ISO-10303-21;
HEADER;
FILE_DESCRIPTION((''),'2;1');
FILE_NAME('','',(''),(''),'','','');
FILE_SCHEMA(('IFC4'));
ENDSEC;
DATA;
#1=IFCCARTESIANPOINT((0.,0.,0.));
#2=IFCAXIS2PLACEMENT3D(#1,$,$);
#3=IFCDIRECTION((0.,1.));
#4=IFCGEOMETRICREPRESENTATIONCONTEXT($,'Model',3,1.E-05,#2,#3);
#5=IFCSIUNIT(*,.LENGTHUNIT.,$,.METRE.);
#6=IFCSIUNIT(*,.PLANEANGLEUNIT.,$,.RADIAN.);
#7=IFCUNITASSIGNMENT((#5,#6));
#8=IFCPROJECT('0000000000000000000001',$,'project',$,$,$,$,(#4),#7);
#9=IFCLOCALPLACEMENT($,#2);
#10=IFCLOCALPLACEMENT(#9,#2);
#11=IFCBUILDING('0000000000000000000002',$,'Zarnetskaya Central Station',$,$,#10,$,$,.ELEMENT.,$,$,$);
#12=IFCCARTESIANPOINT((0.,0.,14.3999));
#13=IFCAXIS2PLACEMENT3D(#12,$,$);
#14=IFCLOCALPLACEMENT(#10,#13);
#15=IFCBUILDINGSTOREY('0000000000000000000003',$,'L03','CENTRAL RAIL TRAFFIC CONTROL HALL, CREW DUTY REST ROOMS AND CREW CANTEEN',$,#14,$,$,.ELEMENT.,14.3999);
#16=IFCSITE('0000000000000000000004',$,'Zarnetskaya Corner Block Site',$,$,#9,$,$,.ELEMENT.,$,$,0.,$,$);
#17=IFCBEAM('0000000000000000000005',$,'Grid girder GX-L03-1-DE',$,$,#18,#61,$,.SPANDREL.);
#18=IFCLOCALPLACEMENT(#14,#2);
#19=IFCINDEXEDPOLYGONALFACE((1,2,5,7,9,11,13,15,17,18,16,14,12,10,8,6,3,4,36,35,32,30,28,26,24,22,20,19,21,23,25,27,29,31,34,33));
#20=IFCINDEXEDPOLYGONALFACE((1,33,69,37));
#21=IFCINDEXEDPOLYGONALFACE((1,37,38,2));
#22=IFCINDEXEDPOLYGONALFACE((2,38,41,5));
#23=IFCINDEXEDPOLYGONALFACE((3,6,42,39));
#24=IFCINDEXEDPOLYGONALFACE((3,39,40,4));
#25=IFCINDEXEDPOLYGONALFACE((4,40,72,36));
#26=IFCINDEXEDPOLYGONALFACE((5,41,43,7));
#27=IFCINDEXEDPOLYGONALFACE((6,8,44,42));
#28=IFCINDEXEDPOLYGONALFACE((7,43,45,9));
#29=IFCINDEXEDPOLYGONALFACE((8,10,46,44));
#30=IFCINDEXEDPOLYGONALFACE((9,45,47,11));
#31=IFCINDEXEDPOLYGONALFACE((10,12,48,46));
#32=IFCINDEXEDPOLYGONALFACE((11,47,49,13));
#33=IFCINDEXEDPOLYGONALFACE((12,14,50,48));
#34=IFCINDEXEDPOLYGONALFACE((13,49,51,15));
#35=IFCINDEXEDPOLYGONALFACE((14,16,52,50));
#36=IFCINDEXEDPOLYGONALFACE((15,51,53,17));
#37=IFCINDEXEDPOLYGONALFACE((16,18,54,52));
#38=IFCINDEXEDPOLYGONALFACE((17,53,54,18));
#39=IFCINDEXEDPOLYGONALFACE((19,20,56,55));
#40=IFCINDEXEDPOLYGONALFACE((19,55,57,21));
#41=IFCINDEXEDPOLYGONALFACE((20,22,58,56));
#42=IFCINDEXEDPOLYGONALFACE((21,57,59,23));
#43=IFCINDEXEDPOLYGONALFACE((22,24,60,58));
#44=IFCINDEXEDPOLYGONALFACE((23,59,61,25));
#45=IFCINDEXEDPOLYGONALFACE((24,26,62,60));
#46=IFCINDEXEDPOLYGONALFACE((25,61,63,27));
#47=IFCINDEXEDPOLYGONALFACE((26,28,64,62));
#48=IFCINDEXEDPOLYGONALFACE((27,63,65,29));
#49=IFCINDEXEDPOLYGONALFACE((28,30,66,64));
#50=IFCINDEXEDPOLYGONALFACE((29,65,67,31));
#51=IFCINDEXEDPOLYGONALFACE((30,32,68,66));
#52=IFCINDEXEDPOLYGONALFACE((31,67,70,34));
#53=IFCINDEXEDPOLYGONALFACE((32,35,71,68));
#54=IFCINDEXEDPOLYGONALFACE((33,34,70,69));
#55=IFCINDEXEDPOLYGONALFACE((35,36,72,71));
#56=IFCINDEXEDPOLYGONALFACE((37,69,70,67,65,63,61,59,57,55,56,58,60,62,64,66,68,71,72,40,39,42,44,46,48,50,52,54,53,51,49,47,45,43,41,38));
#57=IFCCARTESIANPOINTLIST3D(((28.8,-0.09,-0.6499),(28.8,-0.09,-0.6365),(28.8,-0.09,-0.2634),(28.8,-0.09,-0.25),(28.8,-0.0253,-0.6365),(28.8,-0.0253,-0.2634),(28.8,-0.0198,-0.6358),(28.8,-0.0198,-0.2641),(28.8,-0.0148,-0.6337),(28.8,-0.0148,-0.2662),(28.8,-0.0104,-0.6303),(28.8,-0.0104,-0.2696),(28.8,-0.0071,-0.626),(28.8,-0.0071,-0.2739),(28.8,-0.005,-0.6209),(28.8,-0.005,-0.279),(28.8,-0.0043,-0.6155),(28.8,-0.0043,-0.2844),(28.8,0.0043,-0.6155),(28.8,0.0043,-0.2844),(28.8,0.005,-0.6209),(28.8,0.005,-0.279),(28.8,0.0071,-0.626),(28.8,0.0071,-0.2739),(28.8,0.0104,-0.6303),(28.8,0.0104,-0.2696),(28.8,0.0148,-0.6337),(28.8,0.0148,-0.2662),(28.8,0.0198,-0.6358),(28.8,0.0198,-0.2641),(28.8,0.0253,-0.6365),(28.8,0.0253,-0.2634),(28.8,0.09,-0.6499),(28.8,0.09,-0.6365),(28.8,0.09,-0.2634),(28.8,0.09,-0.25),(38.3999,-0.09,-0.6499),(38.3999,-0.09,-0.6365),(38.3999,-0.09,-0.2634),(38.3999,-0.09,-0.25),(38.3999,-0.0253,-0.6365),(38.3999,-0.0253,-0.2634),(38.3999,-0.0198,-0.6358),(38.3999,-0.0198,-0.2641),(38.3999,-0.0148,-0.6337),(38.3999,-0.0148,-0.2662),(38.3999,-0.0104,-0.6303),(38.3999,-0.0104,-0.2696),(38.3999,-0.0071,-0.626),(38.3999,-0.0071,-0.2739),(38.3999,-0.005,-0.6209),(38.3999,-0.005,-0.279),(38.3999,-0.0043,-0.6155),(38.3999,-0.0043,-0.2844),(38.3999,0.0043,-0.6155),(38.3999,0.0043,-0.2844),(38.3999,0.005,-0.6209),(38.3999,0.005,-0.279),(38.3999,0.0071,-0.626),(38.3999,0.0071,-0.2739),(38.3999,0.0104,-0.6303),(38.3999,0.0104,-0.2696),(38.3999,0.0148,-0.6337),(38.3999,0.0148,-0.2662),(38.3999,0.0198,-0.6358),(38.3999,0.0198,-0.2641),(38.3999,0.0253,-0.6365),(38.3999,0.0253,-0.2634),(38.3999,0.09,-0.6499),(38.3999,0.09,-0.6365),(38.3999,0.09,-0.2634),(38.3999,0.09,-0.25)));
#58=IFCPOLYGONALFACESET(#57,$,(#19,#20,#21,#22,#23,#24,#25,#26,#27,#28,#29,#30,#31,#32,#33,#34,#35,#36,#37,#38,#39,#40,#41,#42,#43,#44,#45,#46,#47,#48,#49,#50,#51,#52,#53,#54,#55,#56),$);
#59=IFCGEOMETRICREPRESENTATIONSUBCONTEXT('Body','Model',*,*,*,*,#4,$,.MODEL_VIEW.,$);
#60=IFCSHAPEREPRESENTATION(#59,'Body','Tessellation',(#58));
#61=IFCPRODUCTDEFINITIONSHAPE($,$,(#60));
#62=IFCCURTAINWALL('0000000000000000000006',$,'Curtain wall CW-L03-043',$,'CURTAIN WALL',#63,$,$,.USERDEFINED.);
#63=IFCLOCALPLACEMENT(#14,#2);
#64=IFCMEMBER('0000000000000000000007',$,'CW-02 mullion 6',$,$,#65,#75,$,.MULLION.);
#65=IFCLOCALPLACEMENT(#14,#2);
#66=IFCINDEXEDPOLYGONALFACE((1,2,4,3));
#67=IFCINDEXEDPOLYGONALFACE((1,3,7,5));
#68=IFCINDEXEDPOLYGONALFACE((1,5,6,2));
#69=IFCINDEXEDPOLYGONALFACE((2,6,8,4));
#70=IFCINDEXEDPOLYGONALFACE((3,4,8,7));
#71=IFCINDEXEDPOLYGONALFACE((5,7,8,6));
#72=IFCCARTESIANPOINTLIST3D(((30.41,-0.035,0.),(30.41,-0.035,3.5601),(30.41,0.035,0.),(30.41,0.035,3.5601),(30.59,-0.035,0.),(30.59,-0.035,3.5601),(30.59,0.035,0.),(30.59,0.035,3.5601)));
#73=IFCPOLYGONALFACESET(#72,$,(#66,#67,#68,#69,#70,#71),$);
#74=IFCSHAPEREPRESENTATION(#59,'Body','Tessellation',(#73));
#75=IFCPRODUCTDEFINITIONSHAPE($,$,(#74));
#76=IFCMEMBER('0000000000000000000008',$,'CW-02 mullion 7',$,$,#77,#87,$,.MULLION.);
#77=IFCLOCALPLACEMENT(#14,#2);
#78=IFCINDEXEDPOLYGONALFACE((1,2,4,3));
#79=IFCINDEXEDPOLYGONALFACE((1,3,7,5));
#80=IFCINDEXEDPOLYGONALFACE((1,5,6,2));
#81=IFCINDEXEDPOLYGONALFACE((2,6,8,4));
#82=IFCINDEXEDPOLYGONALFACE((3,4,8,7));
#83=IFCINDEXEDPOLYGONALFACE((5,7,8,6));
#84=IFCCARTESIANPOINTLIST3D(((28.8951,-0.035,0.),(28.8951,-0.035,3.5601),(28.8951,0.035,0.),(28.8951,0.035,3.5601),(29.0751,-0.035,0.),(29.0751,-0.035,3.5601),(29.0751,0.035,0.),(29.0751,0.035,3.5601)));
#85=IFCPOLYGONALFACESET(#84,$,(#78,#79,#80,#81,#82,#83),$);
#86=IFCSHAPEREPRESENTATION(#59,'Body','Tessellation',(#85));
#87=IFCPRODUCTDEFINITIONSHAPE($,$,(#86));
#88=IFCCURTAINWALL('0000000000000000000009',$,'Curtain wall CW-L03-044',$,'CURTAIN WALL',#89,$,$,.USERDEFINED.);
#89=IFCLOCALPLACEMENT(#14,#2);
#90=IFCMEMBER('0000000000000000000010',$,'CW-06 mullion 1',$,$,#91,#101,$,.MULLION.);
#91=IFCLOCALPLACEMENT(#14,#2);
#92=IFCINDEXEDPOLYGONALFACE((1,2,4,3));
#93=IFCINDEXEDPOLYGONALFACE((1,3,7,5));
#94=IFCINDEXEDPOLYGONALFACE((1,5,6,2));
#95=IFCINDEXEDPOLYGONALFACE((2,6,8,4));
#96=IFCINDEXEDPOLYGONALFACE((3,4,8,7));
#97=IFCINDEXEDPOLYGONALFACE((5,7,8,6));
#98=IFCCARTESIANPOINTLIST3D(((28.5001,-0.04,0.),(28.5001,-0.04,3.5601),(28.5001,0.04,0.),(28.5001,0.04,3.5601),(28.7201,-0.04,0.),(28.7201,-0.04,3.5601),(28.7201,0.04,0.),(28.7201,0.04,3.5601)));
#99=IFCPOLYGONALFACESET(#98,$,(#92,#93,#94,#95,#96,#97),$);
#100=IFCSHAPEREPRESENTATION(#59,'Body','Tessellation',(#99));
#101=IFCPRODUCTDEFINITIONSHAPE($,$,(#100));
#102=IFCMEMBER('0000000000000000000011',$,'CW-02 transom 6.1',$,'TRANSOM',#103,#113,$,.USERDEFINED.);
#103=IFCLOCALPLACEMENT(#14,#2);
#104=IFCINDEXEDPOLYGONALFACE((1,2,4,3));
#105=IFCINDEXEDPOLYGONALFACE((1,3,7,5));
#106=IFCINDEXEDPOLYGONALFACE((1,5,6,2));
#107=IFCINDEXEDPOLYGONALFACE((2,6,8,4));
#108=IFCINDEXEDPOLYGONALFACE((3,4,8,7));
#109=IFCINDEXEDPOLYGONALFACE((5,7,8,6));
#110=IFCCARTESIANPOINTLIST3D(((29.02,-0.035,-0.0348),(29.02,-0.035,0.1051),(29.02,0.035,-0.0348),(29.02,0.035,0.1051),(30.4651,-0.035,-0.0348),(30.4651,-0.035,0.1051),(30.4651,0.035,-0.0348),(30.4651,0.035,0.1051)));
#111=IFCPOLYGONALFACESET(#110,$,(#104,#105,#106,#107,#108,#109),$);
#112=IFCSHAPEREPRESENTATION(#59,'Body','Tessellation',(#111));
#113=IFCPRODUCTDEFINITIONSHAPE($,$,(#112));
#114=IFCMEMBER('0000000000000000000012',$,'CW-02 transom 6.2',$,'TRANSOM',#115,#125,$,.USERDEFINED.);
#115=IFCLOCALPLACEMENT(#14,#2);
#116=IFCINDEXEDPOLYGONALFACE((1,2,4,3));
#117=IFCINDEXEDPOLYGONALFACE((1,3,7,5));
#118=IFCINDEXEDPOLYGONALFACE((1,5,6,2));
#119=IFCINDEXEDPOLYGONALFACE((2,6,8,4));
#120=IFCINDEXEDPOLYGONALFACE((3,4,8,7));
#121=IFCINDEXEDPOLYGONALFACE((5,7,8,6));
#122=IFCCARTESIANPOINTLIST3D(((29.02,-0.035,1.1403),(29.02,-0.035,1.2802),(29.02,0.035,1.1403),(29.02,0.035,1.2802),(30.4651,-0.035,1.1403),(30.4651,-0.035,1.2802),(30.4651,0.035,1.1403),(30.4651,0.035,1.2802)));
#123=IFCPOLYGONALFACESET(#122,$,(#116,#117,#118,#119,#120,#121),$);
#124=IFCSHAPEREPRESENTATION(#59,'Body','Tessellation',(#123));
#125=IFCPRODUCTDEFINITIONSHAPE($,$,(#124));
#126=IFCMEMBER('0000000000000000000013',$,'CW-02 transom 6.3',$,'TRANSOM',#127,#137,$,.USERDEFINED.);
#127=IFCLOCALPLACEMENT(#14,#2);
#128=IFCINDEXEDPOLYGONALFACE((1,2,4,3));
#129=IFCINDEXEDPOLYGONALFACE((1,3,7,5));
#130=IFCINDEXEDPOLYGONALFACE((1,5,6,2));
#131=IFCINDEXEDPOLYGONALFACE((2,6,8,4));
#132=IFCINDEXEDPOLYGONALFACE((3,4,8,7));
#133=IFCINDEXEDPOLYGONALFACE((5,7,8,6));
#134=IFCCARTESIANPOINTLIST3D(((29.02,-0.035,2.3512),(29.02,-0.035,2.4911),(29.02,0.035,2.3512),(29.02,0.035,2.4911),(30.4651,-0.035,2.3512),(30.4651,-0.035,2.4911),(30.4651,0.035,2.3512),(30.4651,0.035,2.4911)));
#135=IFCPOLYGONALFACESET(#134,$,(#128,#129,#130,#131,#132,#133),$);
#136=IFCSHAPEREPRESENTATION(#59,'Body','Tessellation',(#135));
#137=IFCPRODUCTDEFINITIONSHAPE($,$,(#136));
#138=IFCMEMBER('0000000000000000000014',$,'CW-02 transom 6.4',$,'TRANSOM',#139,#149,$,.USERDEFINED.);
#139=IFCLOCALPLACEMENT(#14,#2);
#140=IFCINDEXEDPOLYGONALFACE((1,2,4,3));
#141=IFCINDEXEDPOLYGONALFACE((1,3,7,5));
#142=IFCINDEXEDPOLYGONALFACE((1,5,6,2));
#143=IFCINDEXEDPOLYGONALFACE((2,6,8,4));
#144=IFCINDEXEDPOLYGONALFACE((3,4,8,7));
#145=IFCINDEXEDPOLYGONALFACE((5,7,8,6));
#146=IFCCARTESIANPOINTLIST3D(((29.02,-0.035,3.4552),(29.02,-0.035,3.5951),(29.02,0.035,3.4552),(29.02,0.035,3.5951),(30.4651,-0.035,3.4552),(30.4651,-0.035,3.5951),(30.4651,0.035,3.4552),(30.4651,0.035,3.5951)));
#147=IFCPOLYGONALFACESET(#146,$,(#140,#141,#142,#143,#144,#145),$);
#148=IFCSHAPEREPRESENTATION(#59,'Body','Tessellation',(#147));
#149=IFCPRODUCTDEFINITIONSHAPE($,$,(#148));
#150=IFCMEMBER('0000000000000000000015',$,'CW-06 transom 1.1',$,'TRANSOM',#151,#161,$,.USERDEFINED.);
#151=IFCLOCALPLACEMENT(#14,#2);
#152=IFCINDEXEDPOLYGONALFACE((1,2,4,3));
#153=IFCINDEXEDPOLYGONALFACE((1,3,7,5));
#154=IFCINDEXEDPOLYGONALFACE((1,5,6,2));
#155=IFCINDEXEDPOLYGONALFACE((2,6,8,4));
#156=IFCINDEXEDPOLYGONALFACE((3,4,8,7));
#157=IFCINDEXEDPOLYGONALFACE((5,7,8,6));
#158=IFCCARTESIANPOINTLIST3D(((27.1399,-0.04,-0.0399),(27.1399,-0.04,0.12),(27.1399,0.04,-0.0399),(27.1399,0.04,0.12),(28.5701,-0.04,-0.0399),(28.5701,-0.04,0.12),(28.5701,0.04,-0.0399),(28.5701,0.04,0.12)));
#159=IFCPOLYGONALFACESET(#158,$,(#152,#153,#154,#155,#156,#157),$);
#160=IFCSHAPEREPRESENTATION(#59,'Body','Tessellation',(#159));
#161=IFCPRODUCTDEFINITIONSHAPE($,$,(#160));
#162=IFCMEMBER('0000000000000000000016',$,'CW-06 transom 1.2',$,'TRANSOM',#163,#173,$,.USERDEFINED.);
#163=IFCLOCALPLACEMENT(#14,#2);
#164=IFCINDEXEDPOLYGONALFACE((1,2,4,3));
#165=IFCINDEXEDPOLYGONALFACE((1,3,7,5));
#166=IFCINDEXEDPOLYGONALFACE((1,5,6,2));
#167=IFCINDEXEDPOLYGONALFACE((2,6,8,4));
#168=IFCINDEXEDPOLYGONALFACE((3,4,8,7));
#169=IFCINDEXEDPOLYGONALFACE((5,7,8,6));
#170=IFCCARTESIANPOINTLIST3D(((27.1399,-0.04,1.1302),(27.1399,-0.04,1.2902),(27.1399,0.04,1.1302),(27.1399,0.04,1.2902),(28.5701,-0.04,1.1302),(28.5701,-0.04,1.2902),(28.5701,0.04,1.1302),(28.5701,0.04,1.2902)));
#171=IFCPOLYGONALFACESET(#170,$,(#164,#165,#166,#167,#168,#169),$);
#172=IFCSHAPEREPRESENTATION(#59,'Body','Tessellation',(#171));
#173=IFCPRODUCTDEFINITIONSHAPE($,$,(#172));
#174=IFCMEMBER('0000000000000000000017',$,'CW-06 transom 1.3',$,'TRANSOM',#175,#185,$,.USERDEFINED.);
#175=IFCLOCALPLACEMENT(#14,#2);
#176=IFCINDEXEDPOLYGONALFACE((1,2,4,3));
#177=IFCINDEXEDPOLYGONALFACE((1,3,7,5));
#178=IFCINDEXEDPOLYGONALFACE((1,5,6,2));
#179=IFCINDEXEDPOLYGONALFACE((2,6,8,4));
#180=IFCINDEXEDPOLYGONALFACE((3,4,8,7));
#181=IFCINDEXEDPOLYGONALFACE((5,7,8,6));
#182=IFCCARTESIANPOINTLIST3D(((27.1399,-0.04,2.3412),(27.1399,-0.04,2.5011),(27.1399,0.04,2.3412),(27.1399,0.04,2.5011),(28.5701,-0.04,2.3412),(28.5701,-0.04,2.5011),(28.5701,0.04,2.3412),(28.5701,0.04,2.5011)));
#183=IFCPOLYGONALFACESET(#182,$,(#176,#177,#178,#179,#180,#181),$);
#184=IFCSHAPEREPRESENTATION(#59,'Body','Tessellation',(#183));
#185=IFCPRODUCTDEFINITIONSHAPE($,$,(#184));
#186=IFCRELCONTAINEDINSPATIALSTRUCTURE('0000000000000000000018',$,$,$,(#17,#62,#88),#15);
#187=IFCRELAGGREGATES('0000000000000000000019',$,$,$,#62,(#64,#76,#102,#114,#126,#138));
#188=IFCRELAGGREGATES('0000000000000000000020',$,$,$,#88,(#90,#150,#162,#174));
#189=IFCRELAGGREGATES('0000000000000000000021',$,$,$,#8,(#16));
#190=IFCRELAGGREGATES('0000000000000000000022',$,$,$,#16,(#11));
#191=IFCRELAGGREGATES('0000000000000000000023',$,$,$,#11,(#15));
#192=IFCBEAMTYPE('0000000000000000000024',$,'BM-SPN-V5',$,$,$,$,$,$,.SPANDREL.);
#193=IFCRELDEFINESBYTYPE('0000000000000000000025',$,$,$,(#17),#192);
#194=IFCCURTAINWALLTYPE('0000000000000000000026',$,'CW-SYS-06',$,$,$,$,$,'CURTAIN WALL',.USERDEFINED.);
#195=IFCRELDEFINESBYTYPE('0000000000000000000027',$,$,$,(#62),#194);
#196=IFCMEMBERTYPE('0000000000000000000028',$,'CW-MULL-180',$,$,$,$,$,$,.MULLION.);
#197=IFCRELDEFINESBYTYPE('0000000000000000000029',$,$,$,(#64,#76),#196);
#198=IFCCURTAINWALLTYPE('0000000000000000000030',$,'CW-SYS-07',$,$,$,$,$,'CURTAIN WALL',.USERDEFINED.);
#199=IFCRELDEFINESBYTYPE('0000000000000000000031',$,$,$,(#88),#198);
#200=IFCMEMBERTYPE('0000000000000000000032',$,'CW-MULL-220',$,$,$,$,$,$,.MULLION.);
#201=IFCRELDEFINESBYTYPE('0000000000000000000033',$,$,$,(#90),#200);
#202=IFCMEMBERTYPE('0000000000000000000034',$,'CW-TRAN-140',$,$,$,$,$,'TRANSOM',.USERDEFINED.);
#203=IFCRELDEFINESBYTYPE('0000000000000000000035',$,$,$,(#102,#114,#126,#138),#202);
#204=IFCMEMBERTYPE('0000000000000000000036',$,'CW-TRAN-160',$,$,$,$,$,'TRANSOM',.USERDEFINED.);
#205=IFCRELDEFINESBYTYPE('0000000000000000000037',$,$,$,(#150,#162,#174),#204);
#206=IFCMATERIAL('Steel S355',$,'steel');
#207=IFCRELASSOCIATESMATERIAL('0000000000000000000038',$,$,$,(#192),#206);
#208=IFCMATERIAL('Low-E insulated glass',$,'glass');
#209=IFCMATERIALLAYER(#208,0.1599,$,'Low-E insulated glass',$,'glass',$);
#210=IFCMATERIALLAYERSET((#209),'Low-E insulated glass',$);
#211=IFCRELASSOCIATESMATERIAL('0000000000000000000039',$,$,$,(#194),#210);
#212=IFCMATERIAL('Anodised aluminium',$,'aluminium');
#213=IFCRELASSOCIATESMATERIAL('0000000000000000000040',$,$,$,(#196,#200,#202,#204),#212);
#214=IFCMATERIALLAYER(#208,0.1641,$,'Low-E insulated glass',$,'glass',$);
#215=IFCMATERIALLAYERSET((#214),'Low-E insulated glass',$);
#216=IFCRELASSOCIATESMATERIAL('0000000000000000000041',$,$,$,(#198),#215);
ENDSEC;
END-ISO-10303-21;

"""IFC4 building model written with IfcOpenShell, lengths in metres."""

from ifc_helpers import new_model, si_unit, direction, frame, origin, origin_2d, place, context, subcontext, project, spatial, rectangle, i_section, extrude, material, layer, layer_set, material_profile, profile_set, type_object, element, aggregate, save


model = new_model("IFC4")

# Units and contexts
model_context = context("Model", 3, precision=1e-05, world=origin(), true_north=direction((0.0, 1.0)))
body_context = subcontext(model_context, "Body", "Model", "MODEL_VIEW")
ifc_project = project(units=[si_unit("LENGTHUNIT", "METRE"), si_unit("PLANEANGLEUNIT", "RADIAN")], contexts=[model_context])

# Site, building, storey
site_placement = place(None, origin())
site = spatial("IfcSite", under=ifc_project, at=site_placement, Name="Zarnetskaya Corner Block Site", CompositionType="ELEMENT", RefElevation=0.0)
building_placement = place(site_placement, origin())
building = spatial("IfcBuilding", under=site, at=building_placement, Name="Zarnetskaya Central Station", CompositionType="ELEMENT")
storey_placement = place(building_placement, frame((0.0, 0.0, 14.3999)))
storey = spatial("IfcBuildingStorey", under=building, at=storey_placement, Name="L03", Description="CENTRAL RAIL TRAFFIC CONTROL HALL, CREW DUTY REST ROOMS AND CREW CANTEEN", CompositionType="ELEMENT", Elevation=14.3999)

# Shared definitions
ifc_material_1 = material(Name="Steel S355", Category="steel")

# Beam
ifc_material_profile_1 = material_profile(ifc_material_1, i_section(OverallWidth=0.1799, OverallDepth=0.3999, WebThickness=0.0085, FlangeThickness=0.0134, FilletRadius=0.021, at=origin_2d()), Name="IPE 400")
ifc_profile_set_1 = profile_set([ifc_material_profile_1], Name="Steel S355")
beam_type_1 = type_object("IfcBeamType", Name="BM-SPN-V5", PredefinedType="SPANDREL", material=ifc_profile_set_1)
beam_1_placement = place(storey_placement, frame((28.8, 0.0, -0.45), z_axis=(1.0, 0.0, 0.0), x_axis=(0.0, 1.0, 0.0)))
element("IfcBeam", 1, at=beam_1_placement, inside=storey, type_object=beam_type_1, Name="Grid girder GX-L03-1-DE", PredefinedType="SPANDREL", context=body_context, shape_type="SweptSolid", body=[
    extrude(i_section(OverallWidth=0.1799, OverallDepth=0.3999, WebThickness=0.0085, FlangeThickness=0.0134, FilletRadius=0.021, at=origin_2d()), origin(), (0.0, 0.0, 1.0), 9.5999),
])

# Curtain wall, members
ifc_material_2 = material(Name="Low-E insulated glass", Category="glass")
ifc_layer_1 = layer(ifc_material_2, 0.1599, Name="Low-E insulated glass", Category="glass")
ifc_layer_set_1 = layer_set([ifc_layer_1], Name="Low-E insulated glass")
curtain_wall_type_1 = type_object("IfcCurtainWallType", Name="CW-SYS-06", ElementType="CURTAIN WALL", PredefinedType="USERDEFINED", material=ifc_layer_set_1)
curtain_wall_1_placement = place(storey_placement, origin())
curtain_wall_1 = element("IfcCurtainWall", 2, at=curtain_wall_1_placement, inside=storey, type_object=curtain_wall_type_1, Name="Curtain wall CW-L03-043", ObjectType="CURTAIN WALL", PredefinedType="USERDEFINED")
ifc_material_3 = material(Name="Anodised aluminium", Category="aluminium")
ifc_material_profile_2 = material_profile(ifc_material_3, rectangle(XDim=0.0701, YDim=0.1799, at=origin_2d()), Name="ALU MULL 70x180")
ifc_profile_set_2 = profile_set([ifc_material_profile_2], Name="Anodised aluminium")
member_type_1 = type_object("IfcMemberType", Name="CW-MULL-180", PredefinedType="MULLION", material=ifc_profile_set_2)
member_1_placement = place(storey_placement, frame((30.5, 0.0, 0.0), z_axis=(0.0, 0.0, 1.0), x_axis=(0.0, -1.0, 0.0)))
member_1 = element("IfcMember", 3, at=member_1_placement, type_object=member_type_1, Name="CW-02 mullion 6", PredefinedType="MULLION", context=body_context, shape_type="SweptSolid", body=[
    extrude(rectangle(XDim=0.0701, YDim=0.1799, at=origin_2d()), origin(), (0.0, 0.0, 1.0), 3.5601),
])
member_2_placement = place(storey_placement, frame((28.9851, 0.0, 0.0), z_axis=(0.0, 0.0, 1.0), x_axis=(0.0, -1.0, 0.0)))
member_2 = element("IfcMember", 4, at=member_2_placement, type_object=member_type_1, Name="CW-02 mullion 7", PredefinedType="MULLION", context=body_context, shape_type="SweptSolid", body=[
    extrude(rectangle(XDim=0.0701, YDim=0.1799, at=origin_2d()), origin(), (0.0, 0.0, 1.0), 3.5601),
])

# Curtain wall, member
ifc_layer_2 = layer(ifc_material_2, 0.1641, Name="Low-E insulated glass", Category="glass")
ifc_layer_set_2 = layer_set([ifc_layer_2], Name="Low-E insulated glass")
curtain_wall_type_2 = type_object("IfcCurtainWallType", Name="CW-SYS-07", ElementType="CURTAIN WALL", PredefinedType="USERDEFINED", material=ifc_layer_set_2)
curtain_wall_2_placement = place(storey_placement, origin())
curtain_wall_2 = element("IfcCurtainWall", 5, at=curtain_wall_2_placement, inside=storey, type_object=curtain_wall_type_2, Name="Curtain wall CW-L03-044", ObjectType="CURTAIN WALL", PredefinedType="USERDEFINED")
ifc_material_profile_3 = material_profile(ifc_material_3, rectangle(XDim=0.0801, YDim=0.22, at=origin_2d()), Name="ALU MULL 80x220")
ifc_profile_set_3 = profile_set([ifc_material_profile_3], Name="Anodised aluminium")
member_type_2 = type_object("IfcMemberType", Name="CW-MULL-220", PredefinedType="MULLION", material=ifc_profile_set_3)
member_3_placement = place(storey_placement, frame((28.6101, 0.0, 0.0), z_axis=(0.0, 0.0, 1.0), x_axis=(0.0, -1.0, 0.0)))
member_3 = element("IfcMember", 6, at=member_3_placement, type_object=member_type_2, Name="CW-06 mullion 1", PredefinedType="MULLION", context=body_context, shape_type="SweptSolid", body=[
    extrude(rectangle(XDim=0.0801, YDim=0.22, at=origin_2d()), origin(), (0.0, 0.0, 1.0), 3.5601),
])

# Members
ifc_material_profile_4 = material_profile(ifc_material_3, rectangle(XDim=0.0701, YDim=0.1399, at=origin_2d()), Name="ALU TRAN 70x140")
ifc_profile_set_4 = profile_set([ifc_material_profile_4], Name="Anodised aluminium")
member_type_3 = type_object("IfcMemberType", Name="CW-TRAN-140", ElementType="TRANSOM", PredefinedType="USERDEFINED", material=ifc_profile_set_4)
member_4_placement = place(storey_placement, frame((30.4651, 0.0, 0.0352), z_axis=(-1.0, 0.0, 0.0), x_axis=(0.0, -1.0, 0.0)))
member_4 = element("IfcMember", 7, at=member_4_placement, type_object=member_type_3, Name="CW-02 transom 6.1", ObjectType="TRANSOM", PredefinedType="USERDEFINED", context=body_context, shape_type="SweptSolid", body=[
    extrude(rectangle(XDim=0.0701, YDim=0.1399, at=origin_2d()), origin(), (0.0, 0.0, 1.0), 1.4451),
])
member_5_placement = place(storey_placement, frame((30.4651, 0.0, 1.2102), z_axis=(-1.0, 0.0, 0.0), x_axis=(0.0, -1.0, 0.0)))
member_5 = element("IfcMember", 8, at=member_5_placement, type_object=member_type_3, Name="CW-02 transom 6.2", ObjectType="TRANSOM", PredefinedType="USERDEFINED", context=body_context, shape_type="SweptSolid", body=[
    extrude(rectangle(XDim=0.0701, YDim=0.1399, at=origin_2d()), origin(), (0.0, 0.0, 1.0), 1.4451),
])
member_6_placement = place(storey_placement, frame((30.4651, 0.0, 2.4211), z_axis=(-1.0, 0.0, 0.0), x_axis=(0.0, -1.0, 0.0)))
member_6 = element("IfcMember", 9, at=member_6_placement, type_object=member_type_3, Name="CW-02 transom 6.3", ObjectType="TRANSOM", PredefinedType="USERDEFINED", context=body_context, shape_type="SweptSolid", body=[
    extrude(rectangle(XDim=0.0701, YDim=0.1399, at=origin_2d()), origin(), (0.0, 0.0, 1.0), 1.4451),
])
member_7_placement = place(storey_placement, frame((30.4651, 0.0, 3.5251), z_axis=(-1.0, 0.0, 0.0), x_axis=(0.0, -1.0, 0.0)))
member_7 = element("IfcMember", 10, at=member_7_placement, type_object=member_type_3, Name="CW-02 transom 6.4", ObjectType="TRANSOM", PredefinedType="USERDEFINED", context=body_context, shape_type="SweptSolid", body=[
    extrude(rectangle(XDim=0.0701, YDim=0.1399, at=origin_2d()), origin(), (0.0, 0.0, 1.0), 1.4451),
])
ifc_material_profile_5 = material_profile(ifc_material_3, rectangle(XDim=0.0801, YDim=0.1599, at=origin_2d()), Name="ALU TRAN 80x160")
ifc_profile_set_5 = profile_set([ifc_material_profile_5], Name="Anodised aluminium")
member_type_4 = type_object("IfcMemberType", Name="CW-TRAN-160", ElementType="TRANSOM", PredefinedType="USERDEFINED", material=ifc_profile_set_5)
member_8_placement = place(storey_placement, frame((28.5701, 0.0, 0.04), z_axis=(-1.0, 0.0, 0.0), x_axis=(0.0, -1.0, 0.0)))
member_8 = element("IfcMember", 11, at=member_8_placement, type_object=member_type_4, Name="CW-06 transom 1.1", ObjectType="TRANSOM", PredefinedType="USERDEFINED", context=body_context, shape_type="SweptSolid", body=[
    extrude(rectangle(XDim=0.0801, YDim=0.1599, at=origin_2d()), origin(), (0.0, 0.0, 1.0), 1.4302),
])
member_9_placement = place(storey_placement, frame((28.5701, 0.0, 1.2102), z_axis=(-1.0, 0.0, 0.0), x_axis=(0.0, -1.0, 0.0)))
member_9 = element("IfcMember", 12, at=member_9_placement, type_object=member_type_4, Name="CW-06 transom 1.2", ObjectType="TRANSOM", PredefinedType="USERDEFINED", context=body_context, shape_type="SweptSolid", body=[
    extrude(rectangle(XDim=0.0801, YDim=0.1599, at=origin_2d()), origin(), (0.0, 0.0, 1.0), 1.4302),
])
member_10_placement = place(storey_placement, frame((28.5701, 0.0, 2.4211), z_axis=(-1.0, 0.0, 0.0), x_axis=(0.0, -1.0, 0.0)))
member_10 = element("IfcMember", 13, at=member_10_placement, type_object=member_type_4, Name="CW-06 transom 1.3", ObjectType="TRANSOM", PredefinedType="USERDEFINED", context=body_context, shape_type="SweptSolid", body=[
    extrude(rectangle(XDim=0.0801, YDim=0.1599, at=origin_2d()), origin(), (0.0, 0.0, 1.0), 1.4302),
])

aggregate(curtain_wall_1, [member_1, member_2, member_4, member_5, member_6, member_7])
aggregate(curtain_wall_2, [member_3, member_8, member_9, member_10])

save(model, "model.ifc")
